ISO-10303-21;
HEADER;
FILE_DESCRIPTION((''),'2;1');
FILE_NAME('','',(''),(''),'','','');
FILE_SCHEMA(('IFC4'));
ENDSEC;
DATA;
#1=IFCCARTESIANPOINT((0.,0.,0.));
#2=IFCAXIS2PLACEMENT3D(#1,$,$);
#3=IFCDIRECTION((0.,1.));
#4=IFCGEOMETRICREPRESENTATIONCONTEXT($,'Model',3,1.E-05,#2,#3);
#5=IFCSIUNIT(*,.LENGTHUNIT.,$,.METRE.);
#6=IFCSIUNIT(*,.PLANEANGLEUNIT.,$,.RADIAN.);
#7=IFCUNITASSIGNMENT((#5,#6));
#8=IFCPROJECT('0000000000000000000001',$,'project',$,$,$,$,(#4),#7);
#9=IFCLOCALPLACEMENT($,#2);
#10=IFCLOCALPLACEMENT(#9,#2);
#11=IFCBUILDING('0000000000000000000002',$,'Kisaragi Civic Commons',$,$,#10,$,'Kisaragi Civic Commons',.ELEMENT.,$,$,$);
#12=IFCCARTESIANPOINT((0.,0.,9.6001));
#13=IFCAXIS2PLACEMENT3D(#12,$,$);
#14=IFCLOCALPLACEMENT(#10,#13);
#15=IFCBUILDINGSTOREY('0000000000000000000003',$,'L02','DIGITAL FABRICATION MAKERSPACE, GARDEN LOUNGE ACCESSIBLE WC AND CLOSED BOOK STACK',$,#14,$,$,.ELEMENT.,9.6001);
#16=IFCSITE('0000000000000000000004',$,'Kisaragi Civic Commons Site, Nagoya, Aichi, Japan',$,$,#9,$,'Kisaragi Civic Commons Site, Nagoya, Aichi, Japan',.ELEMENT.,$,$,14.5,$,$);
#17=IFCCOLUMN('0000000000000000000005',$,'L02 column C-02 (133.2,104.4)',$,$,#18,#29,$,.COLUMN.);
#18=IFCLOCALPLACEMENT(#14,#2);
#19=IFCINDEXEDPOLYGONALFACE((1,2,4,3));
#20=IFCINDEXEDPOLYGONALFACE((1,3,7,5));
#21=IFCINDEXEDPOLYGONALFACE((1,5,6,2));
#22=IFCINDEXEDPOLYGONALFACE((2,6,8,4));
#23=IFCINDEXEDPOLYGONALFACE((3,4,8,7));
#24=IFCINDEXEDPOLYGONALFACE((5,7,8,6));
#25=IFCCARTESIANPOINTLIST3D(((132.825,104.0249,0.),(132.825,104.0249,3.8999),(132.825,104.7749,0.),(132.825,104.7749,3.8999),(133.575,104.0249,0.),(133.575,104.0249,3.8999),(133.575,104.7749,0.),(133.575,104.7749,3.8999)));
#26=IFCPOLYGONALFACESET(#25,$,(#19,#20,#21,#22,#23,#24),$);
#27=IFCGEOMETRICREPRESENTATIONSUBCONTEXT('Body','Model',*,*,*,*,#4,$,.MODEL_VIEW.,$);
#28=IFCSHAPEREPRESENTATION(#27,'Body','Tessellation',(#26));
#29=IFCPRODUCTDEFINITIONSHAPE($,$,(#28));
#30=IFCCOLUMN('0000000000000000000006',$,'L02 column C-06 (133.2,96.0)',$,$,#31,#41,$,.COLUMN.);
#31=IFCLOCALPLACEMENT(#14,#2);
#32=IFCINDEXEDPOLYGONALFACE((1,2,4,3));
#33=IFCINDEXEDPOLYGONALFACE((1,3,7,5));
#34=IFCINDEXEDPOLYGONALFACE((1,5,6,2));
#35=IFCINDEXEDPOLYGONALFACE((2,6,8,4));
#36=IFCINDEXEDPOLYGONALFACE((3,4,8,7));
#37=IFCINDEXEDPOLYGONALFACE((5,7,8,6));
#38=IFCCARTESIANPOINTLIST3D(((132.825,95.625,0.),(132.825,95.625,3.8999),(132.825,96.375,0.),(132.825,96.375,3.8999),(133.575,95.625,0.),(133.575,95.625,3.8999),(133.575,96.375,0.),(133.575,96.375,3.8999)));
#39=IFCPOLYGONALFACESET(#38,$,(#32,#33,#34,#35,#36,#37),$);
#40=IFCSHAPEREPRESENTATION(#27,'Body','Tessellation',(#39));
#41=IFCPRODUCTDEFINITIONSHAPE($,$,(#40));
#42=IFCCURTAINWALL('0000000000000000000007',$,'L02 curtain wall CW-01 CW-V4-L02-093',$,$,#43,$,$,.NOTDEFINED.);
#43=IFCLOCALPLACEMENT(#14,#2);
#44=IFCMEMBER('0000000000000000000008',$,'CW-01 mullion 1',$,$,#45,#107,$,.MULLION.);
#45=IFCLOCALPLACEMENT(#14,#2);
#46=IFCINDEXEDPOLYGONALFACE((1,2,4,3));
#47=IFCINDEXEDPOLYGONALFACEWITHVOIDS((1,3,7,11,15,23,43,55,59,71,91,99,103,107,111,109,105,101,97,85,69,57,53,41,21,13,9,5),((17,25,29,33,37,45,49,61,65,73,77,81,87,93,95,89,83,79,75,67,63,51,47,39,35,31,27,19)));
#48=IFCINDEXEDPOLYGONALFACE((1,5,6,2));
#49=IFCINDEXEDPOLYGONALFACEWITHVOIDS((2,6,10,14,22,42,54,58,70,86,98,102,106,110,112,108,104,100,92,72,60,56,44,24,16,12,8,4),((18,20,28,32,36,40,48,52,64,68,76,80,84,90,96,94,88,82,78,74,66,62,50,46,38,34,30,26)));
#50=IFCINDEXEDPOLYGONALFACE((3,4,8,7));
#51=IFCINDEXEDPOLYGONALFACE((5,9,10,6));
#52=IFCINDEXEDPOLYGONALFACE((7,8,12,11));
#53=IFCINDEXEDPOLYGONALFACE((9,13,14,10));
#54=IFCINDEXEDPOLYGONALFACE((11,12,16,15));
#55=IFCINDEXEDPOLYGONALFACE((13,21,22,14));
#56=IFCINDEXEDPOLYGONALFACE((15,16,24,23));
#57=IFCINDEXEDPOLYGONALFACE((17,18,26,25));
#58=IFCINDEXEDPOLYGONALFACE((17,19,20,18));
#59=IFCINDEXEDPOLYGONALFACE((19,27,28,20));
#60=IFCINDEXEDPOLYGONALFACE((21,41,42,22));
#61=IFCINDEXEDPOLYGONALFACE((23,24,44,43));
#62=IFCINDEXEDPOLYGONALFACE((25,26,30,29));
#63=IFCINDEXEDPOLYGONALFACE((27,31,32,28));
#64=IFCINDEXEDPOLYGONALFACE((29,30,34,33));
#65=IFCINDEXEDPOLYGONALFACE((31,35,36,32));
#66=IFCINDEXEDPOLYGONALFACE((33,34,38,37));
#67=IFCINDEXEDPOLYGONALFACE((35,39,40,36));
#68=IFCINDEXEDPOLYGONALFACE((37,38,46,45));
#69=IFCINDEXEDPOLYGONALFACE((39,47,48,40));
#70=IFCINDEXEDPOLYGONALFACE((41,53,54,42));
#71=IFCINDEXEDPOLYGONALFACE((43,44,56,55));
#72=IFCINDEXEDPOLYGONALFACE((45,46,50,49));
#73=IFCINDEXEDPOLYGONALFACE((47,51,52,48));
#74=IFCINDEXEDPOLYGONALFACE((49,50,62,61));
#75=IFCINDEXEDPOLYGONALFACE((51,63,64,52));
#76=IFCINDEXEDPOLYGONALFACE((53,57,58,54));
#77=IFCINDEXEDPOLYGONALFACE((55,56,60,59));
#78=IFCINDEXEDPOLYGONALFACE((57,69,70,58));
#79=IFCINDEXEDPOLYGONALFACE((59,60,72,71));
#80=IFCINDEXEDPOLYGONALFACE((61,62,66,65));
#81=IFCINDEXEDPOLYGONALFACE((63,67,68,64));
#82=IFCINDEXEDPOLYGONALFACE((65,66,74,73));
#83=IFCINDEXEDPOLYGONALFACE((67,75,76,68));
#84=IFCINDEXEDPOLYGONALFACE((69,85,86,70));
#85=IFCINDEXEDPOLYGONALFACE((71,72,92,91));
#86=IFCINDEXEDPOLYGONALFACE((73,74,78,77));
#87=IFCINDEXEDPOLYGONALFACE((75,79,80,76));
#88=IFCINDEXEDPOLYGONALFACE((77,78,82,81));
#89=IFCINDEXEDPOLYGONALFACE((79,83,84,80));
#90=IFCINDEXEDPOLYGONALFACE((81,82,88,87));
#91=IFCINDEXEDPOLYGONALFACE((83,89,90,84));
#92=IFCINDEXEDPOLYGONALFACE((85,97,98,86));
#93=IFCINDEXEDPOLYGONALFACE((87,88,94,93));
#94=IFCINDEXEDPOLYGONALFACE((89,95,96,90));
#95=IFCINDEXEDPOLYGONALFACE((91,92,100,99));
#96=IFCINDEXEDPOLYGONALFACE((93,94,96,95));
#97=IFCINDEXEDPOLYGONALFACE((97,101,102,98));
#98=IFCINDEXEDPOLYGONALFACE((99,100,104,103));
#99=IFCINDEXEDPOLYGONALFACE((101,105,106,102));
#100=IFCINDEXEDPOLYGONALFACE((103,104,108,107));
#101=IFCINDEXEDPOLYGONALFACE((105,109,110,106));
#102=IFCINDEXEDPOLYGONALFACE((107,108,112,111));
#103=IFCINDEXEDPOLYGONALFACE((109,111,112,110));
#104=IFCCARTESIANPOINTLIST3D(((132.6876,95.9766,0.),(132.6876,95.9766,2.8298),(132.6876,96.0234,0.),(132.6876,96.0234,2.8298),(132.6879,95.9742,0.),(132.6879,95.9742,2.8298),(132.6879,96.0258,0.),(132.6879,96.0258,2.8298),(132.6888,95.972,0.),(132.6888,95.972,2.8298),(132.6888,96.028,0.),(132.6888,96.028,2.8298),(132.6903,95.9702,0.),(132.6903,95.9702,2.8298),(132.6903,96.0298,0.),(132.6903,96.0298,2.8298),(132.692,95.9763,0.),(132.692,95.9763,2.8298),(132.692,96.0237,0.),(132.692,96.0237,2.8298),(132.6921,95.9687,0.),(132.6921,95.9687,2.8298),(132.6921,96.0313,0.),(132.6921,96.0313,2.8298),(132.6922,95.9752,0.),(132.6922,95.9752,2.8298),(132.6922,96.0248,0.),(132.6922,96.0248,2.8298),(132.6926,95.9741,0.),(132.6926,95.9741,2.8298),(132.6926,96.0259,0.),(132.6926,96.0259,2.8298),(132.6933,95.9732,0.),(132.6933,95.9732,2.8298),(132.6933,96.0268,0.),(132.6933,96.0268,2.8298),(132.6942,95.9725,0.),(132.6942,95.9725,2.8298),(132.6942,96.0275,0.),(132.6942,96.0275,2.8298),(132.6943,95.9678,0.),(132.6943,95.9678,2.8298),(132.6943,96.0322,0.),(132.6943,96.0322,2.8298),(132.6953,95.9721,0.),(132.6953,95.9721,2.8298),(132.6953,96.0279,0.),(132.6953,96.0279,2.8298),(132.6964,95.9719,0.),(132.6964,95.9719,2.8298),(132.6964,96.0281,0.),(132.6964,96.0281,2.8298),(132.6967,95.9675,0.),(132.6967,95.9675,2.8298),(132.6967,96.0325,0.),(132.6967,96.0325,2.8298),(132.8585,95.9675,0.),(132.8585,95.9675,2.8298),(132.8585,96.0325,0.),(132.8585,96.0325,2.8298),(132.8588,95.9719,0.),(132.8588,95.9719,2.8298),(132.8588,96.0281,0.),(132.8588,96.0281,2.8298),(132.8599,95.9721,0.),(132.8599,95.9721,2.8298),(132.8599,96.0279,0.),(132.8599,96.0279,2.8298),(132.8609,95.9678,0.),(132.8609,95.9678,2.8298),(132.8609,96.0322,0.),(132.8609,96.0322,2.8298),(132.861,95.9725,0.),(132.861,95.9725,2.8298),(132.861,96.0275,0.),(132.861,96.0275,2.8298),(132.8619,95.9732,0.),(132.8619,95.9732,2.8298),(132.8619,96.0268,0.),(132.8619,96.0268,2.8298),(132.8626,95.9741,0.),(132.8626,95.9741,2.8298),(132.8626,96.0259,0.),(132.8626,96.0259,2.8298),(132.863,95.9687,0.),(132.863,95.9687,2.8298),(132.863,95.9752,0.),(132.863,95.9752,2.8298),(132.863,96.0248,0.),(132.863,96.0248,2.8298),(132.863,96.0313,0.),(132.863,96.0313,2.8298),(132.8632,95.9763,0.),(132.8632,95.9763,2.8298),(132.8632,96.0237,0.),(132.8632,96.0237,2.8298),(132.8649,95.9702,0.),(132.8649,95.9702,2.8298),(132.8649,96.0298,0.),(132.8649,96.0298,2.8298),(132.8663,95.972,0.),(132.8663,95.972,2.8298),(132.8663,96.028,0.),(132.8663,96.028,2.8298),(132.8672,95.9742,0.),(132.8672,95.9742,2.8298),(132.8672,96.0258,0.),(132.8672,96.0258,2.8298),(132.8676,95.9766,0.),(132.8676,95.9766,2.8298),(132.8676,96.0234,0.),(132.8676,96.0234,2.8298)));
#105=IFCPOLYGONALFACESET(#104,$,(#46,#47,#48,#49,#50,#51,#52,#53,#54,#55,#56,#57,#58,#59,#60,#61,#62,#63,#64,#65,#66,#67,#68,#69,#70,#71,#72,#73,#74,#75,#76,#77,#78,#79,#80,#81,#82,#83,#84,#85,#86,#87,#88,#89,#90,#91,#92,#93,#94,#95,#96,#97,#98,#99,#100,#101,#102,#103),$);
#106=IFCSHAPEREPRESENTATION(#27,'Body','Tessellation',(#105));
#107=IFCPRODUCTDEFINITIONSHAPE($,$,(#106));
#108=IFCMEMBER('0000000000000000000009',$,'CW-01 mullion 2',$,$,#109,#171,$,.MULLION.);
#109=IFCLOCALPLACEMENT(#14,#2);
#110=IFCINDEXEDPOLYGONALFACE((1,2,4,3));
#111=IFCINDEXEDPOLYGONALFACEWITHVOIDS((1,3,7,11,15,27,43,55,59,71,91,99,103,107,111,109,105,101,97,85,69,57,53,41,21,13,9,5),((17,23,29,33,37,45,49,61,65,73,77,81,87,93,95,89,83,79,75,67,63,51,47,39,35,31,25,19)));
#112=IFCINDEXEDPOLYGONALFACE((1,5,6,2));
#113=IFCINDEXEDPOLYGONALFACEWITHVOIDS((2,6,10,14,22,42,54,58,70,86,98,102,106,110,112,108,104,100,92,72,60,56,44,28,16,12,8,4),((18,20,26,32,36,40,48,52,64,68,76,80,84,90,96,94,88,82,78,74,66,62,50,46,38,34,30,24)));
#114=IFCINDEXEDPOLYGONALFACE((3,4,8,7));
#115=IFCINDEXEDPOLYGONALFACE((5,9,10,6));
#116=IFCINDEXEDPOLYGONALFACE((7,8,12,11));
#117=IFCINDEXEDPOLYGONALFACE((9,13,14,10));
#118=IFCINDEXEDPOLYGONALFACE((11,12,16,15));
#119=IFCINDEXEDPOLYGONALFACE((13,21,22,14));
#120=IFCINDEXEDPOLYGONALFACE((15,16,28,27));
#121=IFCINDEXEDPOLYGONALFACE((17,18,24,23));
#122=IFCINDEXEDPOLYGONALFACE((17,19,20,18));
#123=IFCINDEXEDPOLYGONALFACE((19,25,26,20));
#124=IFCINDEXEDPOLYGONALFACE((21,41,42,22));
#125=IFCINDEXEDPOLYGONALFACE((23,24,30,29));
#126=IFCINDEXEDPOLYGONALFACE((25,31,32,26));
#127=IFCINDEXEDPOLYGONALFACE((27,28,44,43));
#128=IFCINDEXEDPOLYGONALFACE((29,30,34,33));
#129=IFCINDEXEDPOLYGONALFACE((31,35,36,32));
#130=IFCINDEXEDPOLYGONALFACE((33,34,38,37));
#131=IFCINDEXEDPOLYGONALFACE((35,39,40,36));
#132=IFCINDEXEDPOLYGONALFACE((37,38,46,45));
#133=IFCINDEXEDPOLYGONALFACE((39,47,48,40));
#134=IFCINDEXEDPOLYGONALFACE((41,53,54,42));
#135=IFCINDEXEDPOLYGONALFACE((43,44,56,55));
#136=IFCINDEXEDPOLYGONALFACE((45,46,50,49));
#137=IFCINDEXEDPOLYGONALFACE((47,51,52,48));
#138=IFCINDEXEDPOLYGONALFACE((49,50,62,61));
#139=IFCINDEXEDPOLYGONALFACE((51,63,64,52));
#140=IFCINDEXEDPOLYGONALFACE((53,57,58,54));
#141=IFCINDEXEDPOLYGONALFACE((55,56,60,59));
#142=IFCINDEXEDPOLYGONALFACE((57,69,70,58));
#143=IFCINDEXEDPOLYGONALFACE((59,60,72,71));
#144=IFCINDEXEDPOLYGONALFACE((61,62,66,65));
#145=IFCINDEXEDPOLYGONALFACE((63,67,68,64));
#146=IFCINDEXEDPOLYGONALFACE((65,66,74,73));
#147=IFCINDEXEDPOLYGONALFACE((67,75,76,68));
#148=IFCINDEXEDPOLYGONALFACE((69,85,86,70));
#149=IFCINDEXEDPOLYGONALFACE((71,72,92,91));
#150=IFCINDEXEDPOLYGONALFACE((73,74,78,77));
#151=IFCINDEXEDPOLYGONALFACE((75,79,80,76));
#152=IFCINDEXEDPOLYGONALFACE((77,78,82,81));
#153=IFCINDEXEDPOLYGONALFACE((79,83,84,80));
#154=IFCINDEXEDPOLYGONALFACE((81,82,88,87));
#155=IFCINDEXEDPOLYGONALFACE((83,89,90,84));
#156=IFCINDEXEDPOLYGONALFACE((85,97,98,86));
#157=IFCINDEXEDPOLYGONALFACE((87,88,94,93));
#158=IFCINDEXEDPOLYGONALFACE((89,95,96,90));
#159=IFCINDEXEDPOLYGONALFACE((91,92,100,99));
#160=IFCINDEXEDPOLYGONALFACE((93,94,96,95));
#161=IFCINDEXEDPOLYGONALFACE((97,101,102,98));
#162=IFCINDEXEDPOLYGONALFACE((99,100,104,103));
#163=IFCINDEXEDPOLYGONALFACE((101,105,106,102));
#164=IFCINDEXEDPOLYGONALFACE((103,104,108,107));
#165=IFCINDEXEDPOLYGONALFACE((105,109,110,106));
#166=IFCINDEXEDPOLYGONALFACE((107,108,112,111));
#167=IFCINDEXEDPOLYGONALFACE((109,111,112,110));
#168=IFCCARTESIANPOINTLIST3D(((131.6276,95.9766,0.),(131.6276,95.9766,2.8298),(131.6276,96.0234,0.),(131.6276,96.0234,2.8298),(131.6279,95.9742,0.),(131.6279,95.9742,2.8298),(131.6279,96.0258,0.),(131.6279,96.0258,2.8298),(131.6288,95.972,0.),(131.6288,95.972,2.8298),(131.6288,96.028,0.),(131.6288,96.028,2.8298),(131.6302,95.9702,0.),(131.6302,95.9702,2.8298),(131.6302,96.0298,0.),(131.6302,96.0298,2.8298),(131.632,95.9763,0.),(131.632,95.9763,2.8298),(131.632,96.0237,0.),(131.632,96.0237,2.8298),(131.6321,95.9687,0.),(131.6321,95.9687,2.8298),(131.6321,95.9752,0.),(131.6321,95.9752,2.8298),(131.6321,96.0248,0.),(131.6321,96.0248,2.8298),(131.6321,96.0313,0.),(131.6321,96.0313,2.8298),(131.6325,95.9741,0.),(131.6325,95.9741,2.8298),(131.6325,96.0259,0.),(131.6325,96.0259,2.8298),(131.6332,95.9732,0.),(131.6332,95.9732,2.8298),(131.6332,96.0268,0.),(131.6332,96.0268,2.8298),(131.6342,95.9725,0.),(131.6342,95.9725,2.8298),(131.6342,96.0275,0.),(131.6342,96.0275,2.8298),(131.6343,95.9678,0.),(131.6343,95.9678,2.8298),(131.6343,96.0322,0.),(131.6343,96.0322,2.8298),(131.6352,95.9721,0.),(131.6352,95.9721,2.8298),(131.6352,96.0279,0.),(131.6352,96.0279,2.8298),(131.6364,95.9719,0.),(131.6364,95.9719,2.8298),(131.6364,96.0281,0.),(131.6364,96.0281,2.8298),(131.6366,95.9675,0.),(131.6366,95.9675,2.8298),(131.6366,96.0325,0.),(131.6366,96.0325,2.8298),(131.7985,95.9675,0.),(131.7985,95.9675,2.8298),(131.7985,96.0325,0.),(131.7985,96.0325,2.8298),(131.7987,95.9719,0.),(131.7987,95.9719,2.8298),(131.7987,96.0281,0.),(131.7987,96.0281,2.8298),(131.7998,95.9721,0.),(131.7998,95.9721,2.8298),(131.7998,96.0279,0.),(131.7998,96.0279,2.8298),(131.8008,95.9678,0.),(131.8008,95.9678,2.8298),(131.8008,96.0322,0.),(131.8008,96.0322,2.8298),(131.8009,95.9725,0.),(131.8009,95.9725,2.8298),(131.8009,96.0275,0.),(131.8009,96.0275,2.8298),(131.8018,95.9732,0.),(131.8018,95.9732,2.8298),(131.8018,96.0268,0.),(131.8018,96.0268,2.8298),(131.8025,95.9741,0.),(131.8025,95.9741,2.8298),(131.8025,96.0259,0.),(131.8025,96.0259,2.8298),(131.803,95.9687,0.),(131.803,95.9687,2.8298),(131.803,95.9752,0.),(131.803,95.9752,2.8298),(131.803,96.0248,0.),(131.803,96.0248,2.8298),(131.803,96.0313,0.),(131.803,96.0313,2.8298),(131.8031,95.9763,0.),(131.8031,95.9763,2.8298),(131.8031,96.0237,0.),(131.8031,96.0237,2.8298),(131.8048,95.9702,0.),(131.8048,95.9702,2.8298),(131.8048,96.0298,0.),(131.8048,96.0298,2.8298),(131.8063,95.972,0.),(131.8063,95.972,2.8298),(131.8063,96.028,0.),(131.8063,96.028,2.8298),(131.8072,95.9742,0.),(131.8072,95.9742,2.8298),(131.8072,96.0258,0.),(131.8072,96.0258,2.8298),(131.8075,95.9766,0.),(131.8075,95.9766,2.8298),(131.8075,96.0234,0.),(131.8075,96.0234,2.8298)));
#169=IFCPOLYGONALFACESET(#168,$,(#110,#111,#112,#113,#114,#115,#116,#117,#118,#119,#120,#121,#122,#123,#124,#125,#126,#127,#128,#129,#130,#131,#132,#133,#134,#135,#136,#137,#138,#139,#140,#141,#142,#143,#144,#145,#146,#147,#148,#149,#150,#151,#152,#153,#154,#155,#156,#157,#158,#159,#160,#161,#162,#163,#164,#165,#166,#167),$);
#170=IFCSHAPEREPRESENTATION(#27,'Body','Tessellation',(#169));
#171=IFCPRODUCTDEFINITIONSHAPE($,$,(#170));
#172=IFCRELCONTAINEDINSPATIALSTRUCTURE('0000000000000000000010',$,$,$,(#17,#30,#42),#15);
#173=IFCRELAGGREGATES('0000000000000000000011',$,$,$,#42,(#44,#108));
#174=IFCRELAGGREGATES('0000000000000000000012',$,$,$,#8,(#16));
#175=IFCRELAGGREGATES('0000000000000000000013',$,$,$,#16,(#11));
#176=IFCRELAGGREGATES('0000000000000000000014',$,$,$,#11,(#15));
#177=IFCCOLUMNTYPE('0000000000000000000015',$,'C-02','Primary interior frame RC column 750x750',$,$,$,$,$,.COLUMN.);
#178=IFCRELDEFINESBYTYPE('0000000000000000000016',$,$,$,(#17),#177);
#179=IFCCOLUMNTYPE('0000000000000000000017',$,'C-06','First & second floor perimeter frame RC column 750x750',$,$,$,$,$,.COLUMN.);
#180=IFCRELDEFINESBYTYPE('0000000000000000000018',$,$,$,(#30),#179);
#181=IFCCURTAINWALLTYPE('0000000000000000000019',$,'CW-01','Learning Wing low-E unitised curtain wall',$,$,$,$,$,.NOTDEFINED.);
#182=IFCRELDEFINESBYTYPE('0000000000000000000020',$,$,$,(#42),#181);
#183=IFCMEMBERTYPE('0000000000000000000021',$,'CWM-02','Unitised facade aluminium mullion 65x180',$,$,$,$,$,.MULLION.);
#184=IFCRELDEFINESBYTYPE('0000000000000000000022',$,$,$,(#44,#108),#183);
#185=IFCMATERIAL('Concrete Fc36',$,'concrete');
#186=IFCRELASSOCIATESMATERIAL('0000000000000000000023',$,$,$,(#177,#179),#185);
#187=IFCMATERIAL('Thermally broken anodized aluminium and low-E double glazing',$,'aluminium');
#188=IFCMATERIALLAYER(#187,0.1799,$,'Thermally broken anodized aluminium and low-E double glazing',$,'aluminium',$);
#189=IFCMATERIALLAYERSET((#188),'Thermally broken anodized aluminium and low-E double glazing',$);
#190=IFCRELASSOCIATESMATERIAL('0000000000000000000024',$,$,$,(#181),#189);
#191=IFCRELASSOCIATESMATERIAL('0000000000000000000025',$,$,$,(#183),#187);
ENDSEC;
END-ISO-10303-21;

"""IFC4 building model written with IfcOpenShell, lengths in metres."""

from ifc_helpers import new_model, si_unit, direction, frame, origin, origin_2d, place, context, subcontext, project, spatial, rectangle, hollow_rectangle, extrude, material, layer, layer_set, material_profile, profile_set, type_object, element, aggregate, save


model = new_model("IFC4")

# Units and contexts
model_context = context("Model", 3, precision=1e-05, world=origin(), true_north=direction((0.0, 1.0)))
body_context = subcontext(model_context, "Body", "Model", "MODEL_VIEW")
ifc_project = project(units=[si_unit("LENGTHUNIT", "METRE"), si_unit("PLANEANGLEUNIT", "RADIAN")], contexts=[model_context])

# Site, building, storey
site_placement = place(None, origin())
site = spatial("IfcSite", under=ifc_project, at=site_placement, Name="Kisaragi Civic Commons Site, Nagoya, Aichi, Japan", LongName="Kisaragi Civic Commons Site, Nagoya, Aichi, Japan", CompositionType="ELEMENT", RefElevation=14.5)
building_placement = place(site_placement, origin())
building = spatial("IfcBuilding", under=site, at=building_placement, Name="Kisaragi Civic Commons", LongName="Kisaragi Civic Commons", CompositionType="ELEMENT")
storey_placement = place(building_placement, frame((0.0, 0.0, 9.6001)))
storey = spatial("IfcBuildingStorey", under=building, at=storey_placement, Name="L02", Description="DIGITAL FABRICATION MAKERSPACE, GARDEN LOUNGE ACCESSIBLE WC AND CLOSED BOOK STACK", CompositionType="ELEMENT", Elevation=9.6001)

# Columns
ifc_material_1 = material(Name="Concrete Fc36", Category="concrete")
ifc_material_profile_1 = material_profile(ifc_material_1, rectangle(XDim=0.75, YDim=0.75, at=origin_2d()), Name="RC-750x750", Category="concrete")
ifc_profile_set_1 = profile_set([ifc_material_profile_1], Name="Concrete Fc36")
column_type_1 = type_object("IfcColumnType", Name="C-02", Description="Primary interior frame RC column 750x750", PredefinedType="COLUMN", material=ifc_profile_set_1)
column_1_placement = place(storey_placement, frame((133.2, 104.3999, 0.0), z_axis=(0.0, 0.0, 1.0), x_axis=(1.0, 0.0, 0.0)))
element("IfcColumn", 1, at=column_1_placement, inside=storey, type_object=column_type_1, Name="L02 column C-02 (133.2,104.4)", PredefinedType="COLUMN", context=body_context, shape_type="SweptSolid", body=[
    extrude(rectangle(XDim=0.75, YDim=0.75, at=origin_2d()), origin(), (0.0, 0.0, 1.0), 3.8999),
])
ifc_material_profile_2 = material_profile(ifc_material_1, rectangle(XDim=0.75, YDim=0.75, at=origin_2d()), Name="RC-750x750", Category="concrete")
ifc_profile_set_2 = profile_set([ifc_material_profile_2], Name="Concrete Fc36")
column_type_2 = type_object("IfcColumnType", Name="C-06", Description="First & second floor perimeter frame RC column 750x750", PredefinedType="COLUMN", material=ifc_profile_set_2)
column_2_placement = place(storey_placement, frame((133.2, 96.0, 0.0), z_axis=(0.0, 0.0, 1.0), x_axis=(1.0, 0.0, 0.0)))
element("IfcColumn", 2, at=column_2_placement, inside=storey, type_object=column_type_2, Name="L02 column C-06 (133.2,96.0)", PredefinedType="COLUMN", context=body_context, shape_type="SweptSolid", body=[
    extrude(rectangle(XDim=0.75, YDim=0.75, at=origin_2d()), origin(), (0.0, 0.0, 1.0), 3.8999),
])

# Curtain wall, members
ifc_material_2 = material(Name="Thermally broken anodized aluminium and low-E double glazing", Category="aluminium")
ifc_layer_1 = layer(ifc_material_2, 0.1799, Name="Thermally broken anodized aluminium and low-E double glazing", Category="aluminium")
ifc_layer_set_1 = layer_set([ifc_layer_1], Name="Thermally broken anodized aluminium and low-E double glazing")
curtain_wall_type = type_object("IfcCurtainWallType", Name="CW-01", Description="Learning Wing low-E unitised curtain wall", PredefinedType="NOTDEFINED", material=ifc_layer_set_1)
curtain_wall_placement = place(storey_placement, origin())
curtain_wall = element("IfcCurtainWall", 3, at=curtain_wall_placement, inside=storey, type_object=curtain_wall_type, Name="L02 curtain wall CW-01 CW-V4-L02-093", PredefinedType="NOTDEFINED")
ifc_material_profile_3 = material_profile(ifc_material_2, hollow_rectangle(XDim=0.0649, YDim=0.1799, WallThickness=0.0044, InnerFilletRadius=0.0044, OuterFilletRadius=0.009, at=origin_2d()), Name="CWM-65x180x4.5", Category="aluminium")
ifc_profile_set_3 = profile_set([ifc_material_profile_3], Name="Thermally broken anodized aluminium and low-E double glazing")
member_type_1 = type_object("IfcMemberType", Name="CWM-02", Description="Unitised facade aluminium mullion 65x180", PredefinedType="MULLION", material=ifc_profile_set_3)
member_1_placement = place(storey_placement, frame((132.7776, 96.0, 0.0), z_axis=(0.0, 0.0, 1.0), x_axis=(0.0, -1.0, 0.0)))
member_1 = element("IfcMember", 4, at=member_1_placement, type_object=member_type_1, Name="CW-01 mullion 1", PredefinedType="MULLION", context=body_context, shape_type="SweptSolid", body=[
    extrude(hollow_rectangle(XDim=0.0649, YDim=0.1799, WallThickness=0.0044, InnerFilletRadius=0.0044, OuterFilletRadius=0.009, at=origin_2d()), origin(), (0.0, 0.0, 1.0), 2.8298),
])
member_2_placement = place(storey_placement, frame((131.7175, 96.0, 0.0), z_axis=(0.0, 0.0, 1.0), x_axis=(0.0, -1.0, 0.0)))
member_2 = element("IfcMember", 5, at=member_2_placement, type_object=member_type_1, Name="CW-01 mullion 2", PredefinedType="MULLION", context=body_context, shape_type="SweptSolid", body=[
    extrude(hollow_rectangle(XDim=0.0649, YDim=0.1799, WallThickness=0.0044, InnerFilletRadius=0.0044, OuterFilletRadius=0.009, at=origin_2d()), origin(), (0.0, 0.0, 1.0), 2.8298),
])

aggregate(curtain_wall, [member_1, member_2])

save(model, "model.ifc")
